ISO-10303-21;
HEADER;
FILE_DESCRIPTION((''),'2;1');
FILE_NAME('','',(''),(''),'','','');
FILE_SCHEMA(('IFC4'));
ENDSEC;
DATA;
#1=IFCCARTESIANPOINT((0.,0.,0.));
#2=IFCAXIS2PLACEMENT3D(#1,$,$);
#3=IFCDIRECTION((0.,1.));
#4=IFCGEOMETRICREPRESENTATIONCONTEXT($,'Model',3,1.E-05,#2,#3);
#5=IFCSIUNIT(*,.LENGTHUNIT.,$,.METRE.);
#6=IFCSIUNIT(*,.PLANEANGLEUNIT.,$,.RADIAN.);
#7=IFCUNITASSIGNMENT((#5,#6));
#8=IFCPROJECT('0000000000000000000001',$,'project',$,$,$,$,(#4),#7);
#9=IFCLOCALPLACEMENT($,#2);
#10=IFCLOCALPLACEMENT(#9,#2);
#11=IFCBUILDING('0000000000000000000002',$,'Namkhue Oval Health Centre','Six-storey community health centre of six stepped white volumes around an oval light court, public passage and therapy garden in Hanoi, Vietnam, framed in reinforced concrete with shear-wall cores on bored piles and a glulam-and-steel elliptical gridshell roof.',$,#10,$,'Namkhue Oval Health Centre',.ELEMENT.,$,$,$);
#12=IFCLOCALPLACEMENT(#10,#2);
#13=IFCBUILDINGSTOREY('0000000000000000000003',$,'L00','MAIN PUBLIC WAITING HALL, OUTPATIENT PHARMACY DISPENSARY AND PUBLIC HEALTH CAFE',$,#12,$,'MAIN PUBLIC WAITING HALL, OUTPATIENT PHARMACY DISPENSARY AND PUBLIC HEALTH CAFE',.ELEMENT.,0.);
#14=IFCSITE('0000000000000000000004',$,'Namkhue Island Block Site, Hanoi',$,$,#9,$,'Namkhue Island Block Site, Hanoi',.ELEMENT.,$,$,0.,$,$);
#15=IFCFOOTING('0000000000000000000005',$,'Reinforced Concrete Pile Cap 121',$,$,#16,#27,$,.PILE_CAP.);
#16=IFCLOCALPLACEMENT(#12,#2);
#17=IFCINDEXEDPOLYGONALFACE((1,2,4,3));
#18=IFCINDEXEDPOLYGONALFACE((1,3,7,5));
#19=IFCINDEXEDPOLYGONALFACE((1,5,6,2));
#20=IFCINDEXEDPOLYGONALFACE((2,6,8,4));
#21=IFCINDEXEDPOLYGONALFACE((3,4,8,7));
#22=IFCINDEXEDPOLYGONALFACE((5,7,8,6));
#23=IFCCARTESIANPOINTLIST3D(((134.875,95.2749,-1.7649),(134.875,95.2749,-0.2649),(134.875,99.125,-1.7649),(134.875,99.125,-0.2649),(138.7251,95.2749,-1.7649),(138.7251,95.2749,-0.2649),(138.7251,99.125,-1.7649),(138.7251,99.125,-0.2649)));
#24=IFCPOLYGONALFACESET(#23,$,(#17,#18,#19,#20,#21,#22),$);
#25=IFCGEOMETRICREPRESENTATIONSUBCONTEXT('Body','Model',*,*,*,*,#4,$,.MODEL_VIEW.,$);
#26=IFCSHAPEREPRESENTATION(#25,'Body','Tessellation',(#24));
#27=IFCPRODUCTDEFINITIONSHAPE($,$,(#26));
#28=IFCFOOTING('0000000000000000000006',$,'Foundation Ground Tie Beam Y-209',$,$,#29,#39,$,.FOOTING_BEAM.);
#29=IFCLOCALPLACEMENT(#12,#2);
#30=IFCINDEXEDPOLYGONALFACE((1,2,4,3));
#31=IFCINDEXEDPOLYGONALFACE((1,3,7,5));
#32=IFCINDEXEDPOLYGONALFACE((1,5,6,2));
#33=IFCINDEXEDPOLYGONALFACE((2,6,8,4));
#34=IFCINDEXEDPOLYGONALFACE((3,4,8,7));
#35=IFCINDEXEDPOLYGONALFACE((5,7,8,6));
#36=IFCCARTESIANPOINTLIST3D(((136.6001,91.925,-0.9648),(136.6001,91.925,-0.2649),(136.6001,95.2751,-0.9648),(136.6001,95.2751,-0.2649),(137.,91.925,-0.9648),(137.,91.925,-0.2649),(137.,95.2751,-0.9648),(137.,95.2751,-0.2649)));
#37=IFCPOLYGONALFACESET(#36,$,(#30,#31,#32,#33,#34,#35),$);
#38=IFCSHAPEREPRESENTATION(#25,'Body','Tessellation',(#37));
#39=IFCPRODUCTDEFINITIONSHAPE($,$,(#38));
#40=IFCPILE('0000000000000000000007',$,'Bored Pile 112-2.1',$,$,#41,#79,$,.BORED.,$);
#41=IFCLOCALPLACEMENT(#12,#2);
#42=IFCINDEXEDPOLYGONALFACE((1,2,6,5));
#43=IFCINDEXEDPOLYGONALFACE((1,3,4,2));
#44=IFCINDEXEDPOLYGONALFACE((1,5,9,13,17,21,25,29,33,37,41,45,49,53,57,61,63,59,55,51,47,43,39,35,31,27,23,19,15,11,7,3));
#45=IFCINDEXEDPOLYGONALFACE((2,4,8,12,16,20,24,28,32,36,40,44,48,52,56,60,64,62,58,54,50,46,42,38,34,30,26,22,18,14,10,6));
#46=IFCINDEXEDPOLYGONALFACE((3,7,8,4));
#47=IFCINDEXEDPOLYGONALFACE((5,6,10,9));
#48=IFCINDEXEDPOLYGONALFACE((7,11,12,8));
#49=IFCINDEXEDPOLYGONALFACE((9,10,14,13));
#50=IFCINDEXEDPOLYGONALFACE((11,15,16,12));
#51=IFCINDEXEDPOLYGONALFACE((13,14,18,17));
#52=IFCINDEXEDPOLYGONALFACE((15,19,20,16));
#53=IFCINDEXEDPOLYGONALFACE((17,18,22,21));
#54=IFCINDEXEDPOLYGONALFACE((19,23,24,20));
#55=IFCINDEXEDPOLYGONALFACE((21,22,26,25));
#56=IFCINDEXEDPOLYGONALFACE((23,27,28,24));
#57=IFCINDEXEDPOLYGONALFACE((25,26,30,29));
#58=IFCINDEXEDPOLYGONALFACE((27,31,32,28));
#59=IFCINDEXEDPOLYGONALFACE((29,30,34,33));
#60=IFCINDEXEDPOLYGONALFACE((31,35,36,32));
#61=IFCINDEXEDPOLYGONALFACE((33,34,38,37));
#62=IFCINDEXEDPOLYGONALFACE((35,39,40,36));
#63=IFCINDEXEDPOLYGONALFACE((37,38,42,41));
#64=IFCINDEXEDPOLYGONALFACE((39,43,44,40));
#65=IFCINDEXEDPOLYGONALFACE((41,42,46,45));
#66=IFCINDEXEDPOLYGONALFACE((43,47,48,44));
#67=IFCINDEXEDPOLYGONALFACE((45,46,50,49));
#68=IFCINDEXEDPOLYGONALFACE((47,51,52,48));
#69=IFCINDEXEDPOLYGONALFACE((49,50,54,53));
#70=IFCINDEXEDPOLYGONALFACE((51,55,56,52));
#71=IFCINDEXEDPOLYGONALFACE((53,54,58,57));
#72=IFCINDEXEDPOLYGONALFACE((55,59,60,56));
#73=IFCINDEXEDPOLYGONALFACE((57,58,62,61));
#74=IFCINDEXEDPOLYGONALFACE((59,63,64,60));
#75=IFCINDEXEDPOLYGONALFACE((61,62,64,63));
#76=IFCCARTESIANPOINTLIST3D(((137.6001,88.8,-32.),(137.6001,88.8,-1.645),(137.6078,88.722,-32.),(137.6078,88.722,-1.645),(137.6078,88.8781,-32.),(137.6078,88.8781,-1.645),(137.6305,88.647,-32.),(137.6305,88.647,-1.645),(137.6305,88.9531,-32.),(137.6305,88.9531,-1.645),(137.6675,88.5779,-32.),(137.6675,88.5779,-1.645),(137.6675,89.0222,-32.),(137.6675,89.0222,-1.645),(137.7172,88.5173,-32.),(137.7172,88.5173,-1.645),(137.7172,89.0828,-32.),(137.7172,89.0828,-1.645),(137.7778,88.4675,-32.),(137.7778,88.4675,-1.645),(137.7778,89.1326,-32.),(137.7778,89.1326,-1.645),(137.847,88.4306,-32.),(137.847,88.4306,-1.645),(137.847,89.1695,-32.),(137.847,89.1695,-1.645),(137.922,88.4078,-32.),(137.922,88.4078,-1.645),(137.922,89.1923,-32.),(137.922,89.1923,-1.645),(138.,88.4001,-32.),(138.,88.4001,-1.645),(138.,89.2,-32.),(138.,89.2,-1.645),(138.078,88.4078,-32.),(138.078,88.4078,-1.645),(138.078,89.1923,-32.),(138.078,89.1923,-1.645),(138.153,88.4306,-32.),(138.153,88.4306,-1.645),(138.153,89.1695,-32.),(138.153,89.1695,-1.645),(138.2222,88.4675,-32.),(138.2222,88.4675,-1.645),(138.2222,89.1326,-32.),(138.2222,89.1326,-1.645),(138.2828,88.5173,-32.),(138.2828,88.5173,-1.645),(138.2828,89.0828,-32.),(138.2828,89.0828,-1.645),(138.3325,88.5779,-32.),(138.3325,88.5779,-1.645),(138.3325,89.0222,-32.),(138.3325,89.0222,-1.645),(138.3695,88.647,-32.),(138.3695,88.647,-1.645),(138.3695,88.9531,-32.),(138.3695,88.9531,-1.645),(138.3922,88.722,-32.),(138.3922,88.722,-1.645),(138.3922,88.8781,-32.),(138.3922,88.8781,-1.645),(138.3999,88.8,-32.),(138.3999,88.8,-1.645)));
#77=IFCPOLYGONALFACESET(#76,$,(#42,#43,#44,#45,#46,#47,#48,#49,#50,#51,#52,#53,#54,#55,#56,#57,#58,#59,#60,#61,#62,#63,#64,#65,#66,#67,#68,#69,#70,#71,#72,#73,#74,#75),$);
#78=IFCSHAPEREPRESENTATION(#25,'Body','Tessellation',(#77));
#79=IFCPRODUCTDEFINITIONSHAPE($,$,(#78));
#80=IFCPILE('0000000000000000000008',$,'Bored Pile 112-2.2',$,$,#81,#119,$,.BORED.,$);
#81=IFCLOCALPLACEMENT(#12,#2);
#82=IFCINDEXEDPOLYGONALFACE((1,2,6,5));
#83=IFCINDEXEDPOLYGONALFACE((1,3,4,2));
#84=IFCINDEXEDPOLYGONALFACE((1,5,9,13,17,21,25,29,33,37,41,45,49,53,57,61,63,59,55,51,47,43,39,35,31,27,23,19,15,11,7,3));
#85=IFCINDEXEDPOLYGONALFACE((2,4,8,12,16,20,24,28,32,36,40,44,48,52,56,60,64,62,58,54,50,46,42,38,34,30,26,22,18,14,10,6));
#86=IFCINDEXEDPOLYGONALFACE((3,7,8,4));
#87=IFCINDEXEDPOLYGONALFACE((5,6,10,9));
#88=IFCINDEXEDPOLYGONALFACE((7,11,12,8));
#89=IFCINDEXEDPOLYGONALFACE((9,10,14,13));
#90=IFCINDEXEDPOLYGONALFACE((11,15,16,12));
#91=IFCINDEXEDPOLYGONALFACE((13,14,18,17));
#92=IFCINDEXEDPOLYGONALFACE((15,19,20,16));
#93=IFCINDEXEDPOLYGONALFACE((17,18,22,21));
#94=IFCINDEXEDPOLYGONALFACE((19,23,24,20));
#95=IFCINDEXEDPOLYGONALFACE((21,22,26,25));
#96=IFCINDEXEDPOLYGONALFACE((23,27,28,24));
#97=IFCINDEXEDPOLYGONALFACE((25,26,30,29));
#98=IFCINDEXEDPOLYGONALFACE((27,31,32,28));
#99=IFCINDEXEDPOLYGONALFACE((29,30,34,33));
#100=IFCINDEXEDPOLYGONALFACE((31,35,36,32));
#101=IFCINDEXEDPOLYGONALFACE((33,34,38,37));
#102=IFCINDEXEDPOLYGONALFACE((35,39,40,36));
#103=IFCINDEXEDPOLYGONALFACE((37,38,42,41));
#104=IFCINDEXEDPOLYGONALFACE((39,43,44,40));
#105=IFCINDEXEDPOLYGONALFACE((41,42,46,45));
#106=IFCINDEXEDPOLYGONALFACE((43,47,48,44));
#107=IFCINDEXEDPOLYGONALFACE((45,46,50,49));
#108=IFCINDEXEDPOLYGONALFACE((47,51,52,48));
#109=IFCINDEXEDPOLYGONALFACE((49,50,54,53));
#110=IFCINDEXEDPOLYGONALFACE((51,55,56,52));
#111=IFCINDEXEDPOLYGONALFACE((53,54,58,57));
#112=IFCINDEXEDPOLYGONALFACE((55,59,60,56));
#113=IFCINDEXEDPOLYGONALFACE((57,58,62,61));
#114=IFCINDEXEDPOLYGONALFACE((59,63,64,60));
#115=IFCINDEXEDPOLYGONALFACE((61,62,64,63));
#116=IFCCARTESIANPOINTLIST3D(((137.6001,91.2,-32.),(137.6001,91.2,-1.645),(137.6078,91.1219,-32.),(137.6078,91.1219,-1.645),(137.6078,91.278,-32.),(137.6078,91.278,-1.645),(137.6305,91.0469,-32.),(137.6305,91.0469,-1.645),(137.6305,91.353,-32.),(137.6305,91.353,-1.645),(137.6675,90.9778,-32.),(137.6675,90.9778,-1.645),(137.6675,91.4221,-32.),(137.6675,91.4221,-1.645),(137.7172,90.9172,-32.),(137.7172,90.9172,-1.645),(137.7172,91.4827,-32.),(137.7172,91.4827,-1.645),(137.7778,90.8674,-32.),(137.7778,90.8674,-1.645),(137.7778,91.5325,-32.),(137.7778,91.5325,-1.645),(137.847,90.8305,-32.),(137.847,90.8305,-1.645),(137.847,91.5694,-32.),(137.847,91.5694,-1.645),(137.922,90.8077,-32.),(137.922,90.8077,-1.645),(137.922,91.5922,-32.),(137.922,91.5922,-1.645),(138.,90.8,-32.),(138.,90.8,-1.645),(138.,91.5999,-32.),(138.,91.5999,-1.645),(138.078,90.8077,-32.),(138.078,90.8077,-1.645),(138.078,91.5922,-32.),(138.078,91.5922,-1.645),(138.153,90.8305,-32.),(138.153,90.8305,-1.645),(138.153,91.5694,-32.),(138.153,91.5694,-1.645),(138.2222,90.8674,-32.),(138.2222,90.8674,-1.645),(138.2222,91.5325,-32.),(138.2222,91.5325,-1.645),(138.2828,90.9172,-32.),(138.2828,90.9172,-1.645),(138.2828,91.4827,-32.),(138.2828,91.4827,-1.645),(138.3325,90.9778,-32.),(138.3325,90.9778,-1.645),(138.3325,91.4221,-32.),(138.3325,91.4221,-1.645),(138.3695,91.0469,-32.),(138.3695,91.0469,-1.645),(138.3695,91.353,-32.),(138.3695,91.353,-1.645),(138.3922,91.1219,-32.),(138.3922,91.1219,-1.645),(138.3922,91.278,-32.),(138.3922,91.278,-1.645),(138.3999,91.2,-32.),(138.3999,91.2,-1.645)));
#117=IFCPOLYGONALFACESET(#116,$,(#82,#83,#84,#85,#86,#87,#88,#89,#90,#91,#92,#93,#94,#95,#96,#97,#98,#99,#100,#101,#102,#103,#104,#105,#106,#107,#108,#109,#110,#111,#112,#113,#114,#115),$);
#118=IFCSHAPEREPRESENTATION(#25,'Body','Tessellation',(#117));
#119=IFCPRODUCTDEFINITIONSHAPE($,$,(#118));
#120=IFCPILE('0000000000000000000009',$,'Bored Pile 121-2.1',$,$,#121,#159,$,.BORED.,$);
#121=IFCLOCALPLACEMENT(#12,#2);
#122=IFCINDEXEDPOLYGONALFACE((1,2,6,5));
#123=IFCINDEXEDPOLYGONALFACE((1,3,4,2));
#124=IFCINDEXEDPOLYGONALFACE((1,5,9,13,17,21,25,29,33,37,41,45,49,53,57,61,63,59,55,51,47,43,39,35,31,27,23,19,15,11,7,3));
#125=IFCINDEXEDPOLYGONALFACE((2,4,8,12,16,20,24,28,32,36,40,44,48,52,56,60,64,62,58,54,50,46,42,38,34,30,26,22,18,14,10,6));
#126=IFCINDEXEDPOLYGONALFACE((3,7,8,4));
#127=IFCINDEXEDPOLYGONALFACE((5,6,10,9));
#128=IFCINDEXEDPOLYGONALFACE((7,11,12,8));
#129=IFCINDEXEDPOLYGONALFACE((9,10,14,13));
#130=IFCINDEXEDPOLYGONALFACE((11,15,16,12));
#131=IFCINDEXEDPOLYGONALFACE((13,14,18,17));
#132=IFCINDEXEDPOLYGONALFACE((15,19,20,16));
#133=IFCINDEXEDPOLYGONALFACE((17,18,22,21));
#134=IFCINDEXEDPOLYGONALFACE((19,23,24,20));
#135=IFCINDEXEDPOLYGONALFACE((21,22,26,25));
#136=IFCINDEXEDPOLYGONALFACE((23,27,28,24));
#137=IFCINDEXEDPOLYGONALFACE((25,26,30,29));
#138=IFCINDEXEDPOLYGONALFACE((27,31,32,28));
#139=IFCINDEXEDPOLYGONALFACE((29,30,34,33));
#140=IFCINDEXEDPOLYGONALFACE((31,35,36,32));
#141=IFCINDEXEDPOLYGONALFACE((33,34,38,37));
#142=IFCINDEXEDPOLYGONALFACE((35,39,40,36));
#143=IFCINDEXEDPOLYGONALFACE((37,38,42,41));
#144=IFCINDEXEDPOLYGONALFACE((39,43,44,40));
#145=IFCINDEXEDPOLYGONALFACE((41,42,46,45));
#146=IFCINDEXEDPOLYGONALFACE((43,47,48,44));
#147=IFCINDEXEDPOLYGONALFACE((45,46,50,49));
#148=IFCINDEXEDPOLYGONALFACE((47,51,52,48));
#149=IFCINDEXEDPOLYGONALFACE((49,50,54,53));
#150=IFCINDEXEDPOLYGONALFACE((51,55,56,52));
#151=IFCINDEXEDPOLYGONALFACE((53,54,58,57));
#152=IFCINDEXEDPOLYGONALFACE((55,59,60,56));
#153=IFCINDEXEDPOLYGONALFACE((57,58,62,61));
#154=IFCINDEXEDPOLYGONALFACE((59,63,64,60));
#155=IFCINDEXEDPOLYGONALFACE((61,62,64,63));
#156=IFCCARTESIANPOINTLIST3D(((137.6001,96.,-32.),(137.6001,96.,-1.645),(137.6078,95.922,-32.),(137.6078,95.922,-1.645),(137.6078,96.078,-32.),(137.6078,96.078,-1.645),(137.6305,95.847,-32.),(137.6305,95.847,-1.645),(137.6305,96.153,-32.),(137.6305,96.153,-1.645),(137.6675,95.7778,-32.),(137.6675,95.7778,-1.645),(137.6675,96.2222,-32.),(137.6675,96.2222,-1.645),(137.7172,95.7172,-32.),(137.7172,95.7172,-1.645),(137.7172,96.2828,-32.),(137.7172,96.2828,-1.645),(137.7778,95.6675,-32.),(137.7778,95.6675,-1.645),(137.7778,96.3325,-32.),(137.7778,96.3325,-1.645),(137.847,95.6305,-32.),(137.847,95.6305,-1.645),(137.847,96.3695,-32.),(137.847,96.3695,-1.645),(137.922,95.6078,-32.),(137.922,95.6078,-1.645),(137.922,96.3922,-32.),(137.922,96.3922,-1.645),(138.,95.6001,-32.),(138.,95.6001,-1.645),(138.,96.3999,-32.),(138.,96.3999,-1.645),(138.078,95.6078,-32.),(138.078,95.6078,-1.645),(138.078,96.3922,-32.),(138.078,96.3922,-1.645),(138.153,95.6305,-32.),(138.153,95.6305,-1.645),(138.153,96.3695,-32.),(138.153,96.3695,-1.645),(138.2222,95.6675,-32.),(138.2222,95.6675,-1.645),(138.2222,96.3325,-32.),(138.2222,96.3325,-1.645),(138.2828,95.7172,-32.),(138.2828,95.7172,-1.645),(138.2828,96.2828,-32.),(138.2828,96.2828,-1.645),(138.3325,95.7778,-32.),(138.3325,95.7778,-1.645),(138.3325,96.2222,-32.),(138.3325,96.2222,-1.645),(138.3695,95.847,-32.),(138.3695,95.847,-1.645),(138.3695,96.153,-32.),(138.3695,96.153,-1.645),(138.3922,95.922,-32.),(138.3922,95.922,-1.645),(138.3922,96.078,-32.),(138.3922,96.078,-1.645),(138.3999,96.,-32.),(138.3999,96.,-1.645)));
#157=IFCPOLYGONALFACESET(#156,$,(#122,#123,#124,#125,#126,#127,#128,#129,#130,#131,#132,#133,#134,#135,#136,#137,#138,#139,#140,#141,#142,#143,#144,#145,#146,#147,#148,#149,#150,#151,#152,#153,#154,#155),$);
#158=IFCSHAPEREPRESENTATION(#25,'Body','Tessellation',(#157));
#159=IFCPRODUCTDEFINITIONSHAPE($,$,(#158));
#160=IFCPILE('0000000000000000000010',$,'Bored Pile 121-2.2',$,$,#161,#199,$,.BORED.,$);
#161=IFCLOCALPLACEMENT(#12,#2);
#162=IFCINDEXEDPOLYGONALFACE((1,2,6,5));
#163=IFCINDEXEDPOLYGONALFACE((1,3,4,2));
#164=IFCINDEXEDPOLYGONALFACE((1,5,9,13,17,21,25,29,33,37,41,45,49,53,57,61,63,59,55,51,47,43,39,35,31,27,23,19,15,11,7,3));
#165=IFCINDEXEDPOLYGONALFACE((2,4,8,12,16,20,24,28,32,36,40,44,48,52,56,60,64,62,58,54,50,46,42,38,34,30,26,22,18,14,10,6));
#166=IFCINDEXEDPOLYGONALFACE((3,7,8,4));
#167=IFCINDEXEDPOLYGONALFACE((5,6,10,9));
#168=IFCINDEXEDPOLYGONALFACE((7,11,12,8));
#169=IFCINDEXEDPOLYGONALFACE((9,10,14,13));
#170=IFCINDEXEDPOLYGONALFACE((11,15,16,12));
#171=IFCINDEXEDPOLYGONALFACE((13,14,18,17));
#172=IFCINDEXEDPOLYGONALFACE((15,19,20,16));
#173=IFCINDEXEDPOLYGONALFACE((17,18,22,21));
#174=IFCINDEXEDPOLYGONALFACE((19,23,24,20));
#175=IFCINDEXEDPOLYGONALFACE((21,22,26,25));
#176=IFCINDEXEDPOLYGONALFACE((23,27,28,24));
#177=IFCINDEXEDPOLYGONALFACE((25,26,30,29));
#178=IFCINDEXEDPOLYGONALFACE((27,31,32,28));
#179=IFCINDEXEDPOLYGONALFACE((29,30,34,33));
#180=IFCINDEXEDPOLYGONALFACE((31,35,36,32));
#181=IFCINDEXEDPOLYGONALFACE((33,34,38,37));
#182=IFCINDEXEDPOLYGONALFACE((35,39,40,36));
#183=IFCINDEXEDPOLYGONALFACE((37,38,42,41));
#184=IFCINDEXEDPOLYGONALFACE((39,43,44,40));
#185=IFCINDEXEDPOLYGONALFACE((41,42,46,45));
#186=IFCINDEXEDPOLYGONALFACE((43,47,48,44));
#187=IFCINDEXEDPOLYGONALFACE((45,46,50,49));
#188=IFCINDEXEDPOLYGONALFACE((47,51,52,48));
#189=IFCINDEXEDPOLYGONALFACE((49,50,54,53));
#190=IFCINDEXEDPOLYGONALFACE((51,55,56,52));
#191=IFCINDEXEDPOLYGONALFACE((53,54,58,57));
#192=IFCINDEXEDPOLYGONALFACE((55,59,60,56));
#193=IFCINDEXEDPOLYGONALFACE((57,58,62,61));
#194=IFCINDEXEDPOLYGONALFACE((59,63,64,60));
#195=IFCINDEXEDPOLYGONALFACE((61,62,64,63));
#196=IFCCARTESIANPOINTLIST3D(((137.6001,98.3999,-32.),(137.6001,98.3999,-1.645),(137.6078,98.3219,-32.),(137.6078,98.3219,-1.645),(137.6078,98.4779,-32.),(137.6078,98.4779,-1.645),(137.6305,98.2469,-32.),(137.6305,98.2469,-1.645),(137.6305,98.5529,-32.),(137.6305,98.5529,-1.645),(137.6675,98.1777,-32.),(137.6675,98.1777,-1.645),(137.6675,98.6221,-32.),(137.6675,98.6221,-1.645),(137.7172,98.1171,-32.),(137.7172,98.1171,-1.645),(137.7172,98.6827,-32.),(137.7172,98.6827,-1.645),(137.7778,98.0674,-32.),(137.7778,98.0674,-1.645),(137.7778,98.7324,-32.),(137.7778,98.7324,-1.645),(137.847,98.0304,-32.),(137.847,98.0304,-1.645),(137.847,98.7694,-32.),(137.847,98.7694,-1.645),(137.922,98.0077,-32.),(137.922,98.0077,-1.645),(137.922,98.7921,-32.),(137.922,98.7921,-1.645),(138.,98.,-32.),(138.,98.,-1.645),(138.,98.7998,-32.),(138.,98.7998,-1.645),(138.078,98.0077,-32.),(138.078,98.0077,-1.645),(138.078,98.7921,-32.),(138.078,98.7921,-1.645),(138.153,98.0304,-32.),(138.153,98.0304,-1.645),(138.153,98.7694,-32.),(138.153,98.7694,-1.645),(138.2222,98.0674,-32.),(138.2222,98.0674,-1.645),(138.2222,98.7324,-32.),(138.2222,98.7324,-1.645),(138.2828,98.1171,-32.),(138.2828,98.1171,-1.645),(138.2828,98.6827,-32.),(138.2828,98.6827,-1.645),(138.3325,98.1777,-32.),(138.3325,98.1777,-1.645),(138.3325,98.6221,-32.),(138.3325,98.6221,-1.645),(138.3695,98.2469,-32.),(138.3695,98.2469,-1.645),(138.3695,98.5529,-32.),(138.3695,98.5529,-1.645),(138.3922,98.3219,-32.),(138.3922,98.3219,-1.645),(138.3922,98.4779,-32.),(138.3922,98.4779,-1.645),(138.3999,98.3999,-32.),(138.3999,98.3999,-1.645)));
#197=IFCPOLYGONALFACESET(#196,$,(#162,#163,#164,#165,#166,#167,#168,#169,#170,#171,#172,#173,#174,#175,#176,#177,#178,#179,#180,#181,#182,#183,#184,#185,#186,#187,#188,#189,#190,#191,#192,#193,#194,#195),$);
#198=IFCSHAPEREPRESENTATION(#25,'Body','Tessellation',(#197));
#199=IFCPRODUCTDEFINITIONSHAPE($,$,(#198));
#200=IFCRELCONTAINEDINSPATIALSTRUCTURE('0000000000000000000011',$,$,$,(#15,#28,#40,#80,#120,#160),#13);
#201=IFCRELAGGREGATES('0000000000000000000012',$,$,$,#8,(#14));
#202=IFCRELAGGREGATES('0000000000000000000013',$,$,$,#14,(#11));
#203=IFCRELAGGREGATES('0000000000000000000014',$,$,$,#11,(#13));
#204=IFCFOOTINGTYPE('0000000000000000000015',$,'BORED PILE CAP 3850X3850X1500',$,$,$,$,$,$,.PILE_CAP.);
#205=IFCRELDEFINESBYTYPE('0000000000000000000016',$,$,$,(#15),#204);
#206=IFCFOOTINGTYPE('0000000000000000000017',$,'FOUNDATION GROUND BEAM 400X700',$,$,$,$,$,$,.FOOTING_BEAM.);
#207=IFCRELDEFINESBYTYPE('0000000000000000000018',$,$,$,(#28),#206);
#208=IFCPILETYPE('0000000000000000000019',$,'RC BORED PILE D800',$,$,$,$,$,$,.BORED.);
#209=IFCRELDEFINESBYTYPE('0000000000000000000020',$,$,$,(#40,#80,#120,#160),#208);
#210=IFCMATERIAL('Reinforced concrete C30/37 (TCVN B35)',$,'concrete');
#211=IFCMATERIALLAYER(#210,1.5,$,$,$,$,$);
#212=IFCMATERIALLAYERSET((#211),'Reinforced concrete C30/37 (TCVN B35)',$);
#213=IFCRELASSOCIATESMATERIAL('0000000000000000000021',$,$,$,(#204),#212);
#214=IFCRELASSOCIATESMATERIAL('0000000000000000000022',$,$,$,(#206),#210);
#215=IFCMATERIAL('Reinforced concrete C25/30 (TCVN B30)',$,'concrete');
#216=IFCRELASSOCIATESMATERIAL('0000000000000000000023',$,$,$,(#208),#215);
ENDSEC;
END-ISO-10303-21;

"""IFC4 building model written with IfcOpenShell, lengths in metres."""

from ifc_helpers import new_model, si_unit, direction, frame, origin, origin_2d, place, context, subcontext, project, spatial, rectangle, circle, extrude, material, layer, layer_set, material_profile, profile_set, type_object, element, save


model = new_model("IFC4")

# Units and contexts
model_context = context("Model", 3, precision=1e-05, world=origin(), true_north=direction((0.0, 1.0)))
body_context = subcontext(model_context, "Body", "Model", "MODEL_VIEW")
ifc_project = project(units=[si_unit("LENGTHUNIT", "METRE"), si_unit("PLANEANGLEUNIT", "RADIAN")], contexts=[model_context])

# Site, building, storey
site_placement = place(None, origin())
site = spatial("IfcSite", under=ifc_project, at=site_placement, Name="Namkhue Island Block Site, Hanoi", LongName="Namkhue Island Block Site, Hanoi", CompositionType="ELEMENT", RefElevation=0.0)
building_placement = place(site_placement, origin())
building = spatial("IfcBuilding", under=site, at=building_placement, Name="Namkhue Oval Health Centre", Description="Six-storey community health centre of six stepped white volumes around an oval light court, public passage and therapy garden in Hanoi, Vietnam, framed in reinforced concrete with shear-wall cores on bored piles and a glulam-and-steel elliptical gridshell roof.", LongName="Namkhue Oval Health Centre", CompositionType="ELEMENT")
storey_placement = place(building_placement, origin())
storey = spatial("IfcBuildingStorey", under=building, at=storey_placement, Name="L00", Description="MAIN PUBLIC WAITING HALL, OUTPATIENT PHARMACY DISPENSARY AND PUBLIC HEALTH CAFE", LongName="MAIN PUBLIC WAITING HALL, OUTPATIENT PHARMACY DISPENSARY AND PUBLIC HEALTH CAFE", CompositionType="ELEMENT", Elevation=0.0)

# Footings
ifc_material_1 = material(Name="Reinforced concrete C30/37 (TCVN B35)", Category="concrete")
ifc_layer_1 = layer(ifc_material_1, 1.5)
ifc_layer_set_1 = layer_set([ifc_layer_1], Name="Reinforced concrete C30/37 (TCVN B35)")
footing_type_1 = type_object("IfcFootingType", Name="BORED PILE CAP 3850X3850X1500", PredefinedType="PILE_CAP", material=ifc_layer_set_1)
footing_1_placement = place(storey_placement, frame((136.8, 97.2, -1.7649), z_axis=(0.0, 0.0, 1.0), x_axis=(1.0, 0.0, 0.0)))
element("IfcFooting", 1, at=footing_1_placement, inside=storey, type_object=footing_type_1, Name="Reinforced Concrete Pile Cap 121", PredefinedType="PILE_CAP", context=body_context, shape_type="SweptSolid", body=[
    extrude(rectangle(XDim=3.8501, YDim=3.8501, at=origin_2d()), origin(), (0.0, 0.0, 1.0), 1.5),
])
footing_type_2 = type_object("IfcFootingType", Name="FOUNDATION GROUND BEAM 400X700", PredefinedType="FOOTING_BEAM", material=ifc_material_1)
footing_2_placement = place(storey_placement, frame((136.8, 93.6001, -0.9648), z_axis=(0.0, 0.0, 1.0), x_axis=(0.0, 1.0, 0.0)))
element("IfcFooting", 2, at=footing_2_placement, inside=storey, type_object=footing_type_2, Name="Foundation Ground Tie Beam Y-209", PredefinedType="FOOTING_BEAM", context=body_context, shape_type="SweptSolid", body=[
    extrude(rectangle(XDim=3.3501, YDim=0.3999, at=origin_2d()), origin(), (0.0, 0.0, 1.0), 0.7),
])

# Piles
ifc_material_2 = material(Name="Reinforced concrete C25/30 (TCVN B30)", Category="concrete")
ifc_material_profile_1 = material_profile(ifc_material_2, circle(Radius=0.3999, at=origin_2d()), Name="BORED PILE D800")
ifc_profile_set_1 = profile_set([ifc_material_profile_1], Name="Reinforced concrete C25/30 (TCVN B30)")
pile_type = type_object("IfcPileType", Name="RC BORED PILE D800", PredefinedType="BORED", material=ifc_profile_set_1)
for number, where, z_axis, x_axis, name in (
    (3, (138.0, 88.8, -1.645), (0.0, 0.0, -1.0), (1.0, 0.0, 0.0), "Bored Pile 112-2.1"),
    (4, (138.0, 91.2, -1.645), (0.0, 0.0, -1.0), (1.0, 0.0, 0.0), "Bored Pile 112-2.2"),
    (5, (138.0, 96.0, -1.645), (0.0, 0.0, -1.0), (1.0, 0.0, 0.0), "Bored Pile 121-2.1"),
    (6, (138.0, 98.3999, -1.645), (0.0, 0.0, -1.0), (1.0, 0.0, 0.0), "Bored Pile 121-2.2"),
):
    element("IfcPile", number, at=place(storey_placement, frame(where, z_axis=z_axis, x_axis=x_axis)), inside=storey, type_object=pile_type, Name=name, PredefinedType="BORED", context=body_context, shape_type="SweptSolid", body=[
        extrude(circle(Radius=0.3999, at=origin_2d()), origin(), (0.0, 0.0, 1.0), 30.355),
    ])

save(model, "model.ifc")
